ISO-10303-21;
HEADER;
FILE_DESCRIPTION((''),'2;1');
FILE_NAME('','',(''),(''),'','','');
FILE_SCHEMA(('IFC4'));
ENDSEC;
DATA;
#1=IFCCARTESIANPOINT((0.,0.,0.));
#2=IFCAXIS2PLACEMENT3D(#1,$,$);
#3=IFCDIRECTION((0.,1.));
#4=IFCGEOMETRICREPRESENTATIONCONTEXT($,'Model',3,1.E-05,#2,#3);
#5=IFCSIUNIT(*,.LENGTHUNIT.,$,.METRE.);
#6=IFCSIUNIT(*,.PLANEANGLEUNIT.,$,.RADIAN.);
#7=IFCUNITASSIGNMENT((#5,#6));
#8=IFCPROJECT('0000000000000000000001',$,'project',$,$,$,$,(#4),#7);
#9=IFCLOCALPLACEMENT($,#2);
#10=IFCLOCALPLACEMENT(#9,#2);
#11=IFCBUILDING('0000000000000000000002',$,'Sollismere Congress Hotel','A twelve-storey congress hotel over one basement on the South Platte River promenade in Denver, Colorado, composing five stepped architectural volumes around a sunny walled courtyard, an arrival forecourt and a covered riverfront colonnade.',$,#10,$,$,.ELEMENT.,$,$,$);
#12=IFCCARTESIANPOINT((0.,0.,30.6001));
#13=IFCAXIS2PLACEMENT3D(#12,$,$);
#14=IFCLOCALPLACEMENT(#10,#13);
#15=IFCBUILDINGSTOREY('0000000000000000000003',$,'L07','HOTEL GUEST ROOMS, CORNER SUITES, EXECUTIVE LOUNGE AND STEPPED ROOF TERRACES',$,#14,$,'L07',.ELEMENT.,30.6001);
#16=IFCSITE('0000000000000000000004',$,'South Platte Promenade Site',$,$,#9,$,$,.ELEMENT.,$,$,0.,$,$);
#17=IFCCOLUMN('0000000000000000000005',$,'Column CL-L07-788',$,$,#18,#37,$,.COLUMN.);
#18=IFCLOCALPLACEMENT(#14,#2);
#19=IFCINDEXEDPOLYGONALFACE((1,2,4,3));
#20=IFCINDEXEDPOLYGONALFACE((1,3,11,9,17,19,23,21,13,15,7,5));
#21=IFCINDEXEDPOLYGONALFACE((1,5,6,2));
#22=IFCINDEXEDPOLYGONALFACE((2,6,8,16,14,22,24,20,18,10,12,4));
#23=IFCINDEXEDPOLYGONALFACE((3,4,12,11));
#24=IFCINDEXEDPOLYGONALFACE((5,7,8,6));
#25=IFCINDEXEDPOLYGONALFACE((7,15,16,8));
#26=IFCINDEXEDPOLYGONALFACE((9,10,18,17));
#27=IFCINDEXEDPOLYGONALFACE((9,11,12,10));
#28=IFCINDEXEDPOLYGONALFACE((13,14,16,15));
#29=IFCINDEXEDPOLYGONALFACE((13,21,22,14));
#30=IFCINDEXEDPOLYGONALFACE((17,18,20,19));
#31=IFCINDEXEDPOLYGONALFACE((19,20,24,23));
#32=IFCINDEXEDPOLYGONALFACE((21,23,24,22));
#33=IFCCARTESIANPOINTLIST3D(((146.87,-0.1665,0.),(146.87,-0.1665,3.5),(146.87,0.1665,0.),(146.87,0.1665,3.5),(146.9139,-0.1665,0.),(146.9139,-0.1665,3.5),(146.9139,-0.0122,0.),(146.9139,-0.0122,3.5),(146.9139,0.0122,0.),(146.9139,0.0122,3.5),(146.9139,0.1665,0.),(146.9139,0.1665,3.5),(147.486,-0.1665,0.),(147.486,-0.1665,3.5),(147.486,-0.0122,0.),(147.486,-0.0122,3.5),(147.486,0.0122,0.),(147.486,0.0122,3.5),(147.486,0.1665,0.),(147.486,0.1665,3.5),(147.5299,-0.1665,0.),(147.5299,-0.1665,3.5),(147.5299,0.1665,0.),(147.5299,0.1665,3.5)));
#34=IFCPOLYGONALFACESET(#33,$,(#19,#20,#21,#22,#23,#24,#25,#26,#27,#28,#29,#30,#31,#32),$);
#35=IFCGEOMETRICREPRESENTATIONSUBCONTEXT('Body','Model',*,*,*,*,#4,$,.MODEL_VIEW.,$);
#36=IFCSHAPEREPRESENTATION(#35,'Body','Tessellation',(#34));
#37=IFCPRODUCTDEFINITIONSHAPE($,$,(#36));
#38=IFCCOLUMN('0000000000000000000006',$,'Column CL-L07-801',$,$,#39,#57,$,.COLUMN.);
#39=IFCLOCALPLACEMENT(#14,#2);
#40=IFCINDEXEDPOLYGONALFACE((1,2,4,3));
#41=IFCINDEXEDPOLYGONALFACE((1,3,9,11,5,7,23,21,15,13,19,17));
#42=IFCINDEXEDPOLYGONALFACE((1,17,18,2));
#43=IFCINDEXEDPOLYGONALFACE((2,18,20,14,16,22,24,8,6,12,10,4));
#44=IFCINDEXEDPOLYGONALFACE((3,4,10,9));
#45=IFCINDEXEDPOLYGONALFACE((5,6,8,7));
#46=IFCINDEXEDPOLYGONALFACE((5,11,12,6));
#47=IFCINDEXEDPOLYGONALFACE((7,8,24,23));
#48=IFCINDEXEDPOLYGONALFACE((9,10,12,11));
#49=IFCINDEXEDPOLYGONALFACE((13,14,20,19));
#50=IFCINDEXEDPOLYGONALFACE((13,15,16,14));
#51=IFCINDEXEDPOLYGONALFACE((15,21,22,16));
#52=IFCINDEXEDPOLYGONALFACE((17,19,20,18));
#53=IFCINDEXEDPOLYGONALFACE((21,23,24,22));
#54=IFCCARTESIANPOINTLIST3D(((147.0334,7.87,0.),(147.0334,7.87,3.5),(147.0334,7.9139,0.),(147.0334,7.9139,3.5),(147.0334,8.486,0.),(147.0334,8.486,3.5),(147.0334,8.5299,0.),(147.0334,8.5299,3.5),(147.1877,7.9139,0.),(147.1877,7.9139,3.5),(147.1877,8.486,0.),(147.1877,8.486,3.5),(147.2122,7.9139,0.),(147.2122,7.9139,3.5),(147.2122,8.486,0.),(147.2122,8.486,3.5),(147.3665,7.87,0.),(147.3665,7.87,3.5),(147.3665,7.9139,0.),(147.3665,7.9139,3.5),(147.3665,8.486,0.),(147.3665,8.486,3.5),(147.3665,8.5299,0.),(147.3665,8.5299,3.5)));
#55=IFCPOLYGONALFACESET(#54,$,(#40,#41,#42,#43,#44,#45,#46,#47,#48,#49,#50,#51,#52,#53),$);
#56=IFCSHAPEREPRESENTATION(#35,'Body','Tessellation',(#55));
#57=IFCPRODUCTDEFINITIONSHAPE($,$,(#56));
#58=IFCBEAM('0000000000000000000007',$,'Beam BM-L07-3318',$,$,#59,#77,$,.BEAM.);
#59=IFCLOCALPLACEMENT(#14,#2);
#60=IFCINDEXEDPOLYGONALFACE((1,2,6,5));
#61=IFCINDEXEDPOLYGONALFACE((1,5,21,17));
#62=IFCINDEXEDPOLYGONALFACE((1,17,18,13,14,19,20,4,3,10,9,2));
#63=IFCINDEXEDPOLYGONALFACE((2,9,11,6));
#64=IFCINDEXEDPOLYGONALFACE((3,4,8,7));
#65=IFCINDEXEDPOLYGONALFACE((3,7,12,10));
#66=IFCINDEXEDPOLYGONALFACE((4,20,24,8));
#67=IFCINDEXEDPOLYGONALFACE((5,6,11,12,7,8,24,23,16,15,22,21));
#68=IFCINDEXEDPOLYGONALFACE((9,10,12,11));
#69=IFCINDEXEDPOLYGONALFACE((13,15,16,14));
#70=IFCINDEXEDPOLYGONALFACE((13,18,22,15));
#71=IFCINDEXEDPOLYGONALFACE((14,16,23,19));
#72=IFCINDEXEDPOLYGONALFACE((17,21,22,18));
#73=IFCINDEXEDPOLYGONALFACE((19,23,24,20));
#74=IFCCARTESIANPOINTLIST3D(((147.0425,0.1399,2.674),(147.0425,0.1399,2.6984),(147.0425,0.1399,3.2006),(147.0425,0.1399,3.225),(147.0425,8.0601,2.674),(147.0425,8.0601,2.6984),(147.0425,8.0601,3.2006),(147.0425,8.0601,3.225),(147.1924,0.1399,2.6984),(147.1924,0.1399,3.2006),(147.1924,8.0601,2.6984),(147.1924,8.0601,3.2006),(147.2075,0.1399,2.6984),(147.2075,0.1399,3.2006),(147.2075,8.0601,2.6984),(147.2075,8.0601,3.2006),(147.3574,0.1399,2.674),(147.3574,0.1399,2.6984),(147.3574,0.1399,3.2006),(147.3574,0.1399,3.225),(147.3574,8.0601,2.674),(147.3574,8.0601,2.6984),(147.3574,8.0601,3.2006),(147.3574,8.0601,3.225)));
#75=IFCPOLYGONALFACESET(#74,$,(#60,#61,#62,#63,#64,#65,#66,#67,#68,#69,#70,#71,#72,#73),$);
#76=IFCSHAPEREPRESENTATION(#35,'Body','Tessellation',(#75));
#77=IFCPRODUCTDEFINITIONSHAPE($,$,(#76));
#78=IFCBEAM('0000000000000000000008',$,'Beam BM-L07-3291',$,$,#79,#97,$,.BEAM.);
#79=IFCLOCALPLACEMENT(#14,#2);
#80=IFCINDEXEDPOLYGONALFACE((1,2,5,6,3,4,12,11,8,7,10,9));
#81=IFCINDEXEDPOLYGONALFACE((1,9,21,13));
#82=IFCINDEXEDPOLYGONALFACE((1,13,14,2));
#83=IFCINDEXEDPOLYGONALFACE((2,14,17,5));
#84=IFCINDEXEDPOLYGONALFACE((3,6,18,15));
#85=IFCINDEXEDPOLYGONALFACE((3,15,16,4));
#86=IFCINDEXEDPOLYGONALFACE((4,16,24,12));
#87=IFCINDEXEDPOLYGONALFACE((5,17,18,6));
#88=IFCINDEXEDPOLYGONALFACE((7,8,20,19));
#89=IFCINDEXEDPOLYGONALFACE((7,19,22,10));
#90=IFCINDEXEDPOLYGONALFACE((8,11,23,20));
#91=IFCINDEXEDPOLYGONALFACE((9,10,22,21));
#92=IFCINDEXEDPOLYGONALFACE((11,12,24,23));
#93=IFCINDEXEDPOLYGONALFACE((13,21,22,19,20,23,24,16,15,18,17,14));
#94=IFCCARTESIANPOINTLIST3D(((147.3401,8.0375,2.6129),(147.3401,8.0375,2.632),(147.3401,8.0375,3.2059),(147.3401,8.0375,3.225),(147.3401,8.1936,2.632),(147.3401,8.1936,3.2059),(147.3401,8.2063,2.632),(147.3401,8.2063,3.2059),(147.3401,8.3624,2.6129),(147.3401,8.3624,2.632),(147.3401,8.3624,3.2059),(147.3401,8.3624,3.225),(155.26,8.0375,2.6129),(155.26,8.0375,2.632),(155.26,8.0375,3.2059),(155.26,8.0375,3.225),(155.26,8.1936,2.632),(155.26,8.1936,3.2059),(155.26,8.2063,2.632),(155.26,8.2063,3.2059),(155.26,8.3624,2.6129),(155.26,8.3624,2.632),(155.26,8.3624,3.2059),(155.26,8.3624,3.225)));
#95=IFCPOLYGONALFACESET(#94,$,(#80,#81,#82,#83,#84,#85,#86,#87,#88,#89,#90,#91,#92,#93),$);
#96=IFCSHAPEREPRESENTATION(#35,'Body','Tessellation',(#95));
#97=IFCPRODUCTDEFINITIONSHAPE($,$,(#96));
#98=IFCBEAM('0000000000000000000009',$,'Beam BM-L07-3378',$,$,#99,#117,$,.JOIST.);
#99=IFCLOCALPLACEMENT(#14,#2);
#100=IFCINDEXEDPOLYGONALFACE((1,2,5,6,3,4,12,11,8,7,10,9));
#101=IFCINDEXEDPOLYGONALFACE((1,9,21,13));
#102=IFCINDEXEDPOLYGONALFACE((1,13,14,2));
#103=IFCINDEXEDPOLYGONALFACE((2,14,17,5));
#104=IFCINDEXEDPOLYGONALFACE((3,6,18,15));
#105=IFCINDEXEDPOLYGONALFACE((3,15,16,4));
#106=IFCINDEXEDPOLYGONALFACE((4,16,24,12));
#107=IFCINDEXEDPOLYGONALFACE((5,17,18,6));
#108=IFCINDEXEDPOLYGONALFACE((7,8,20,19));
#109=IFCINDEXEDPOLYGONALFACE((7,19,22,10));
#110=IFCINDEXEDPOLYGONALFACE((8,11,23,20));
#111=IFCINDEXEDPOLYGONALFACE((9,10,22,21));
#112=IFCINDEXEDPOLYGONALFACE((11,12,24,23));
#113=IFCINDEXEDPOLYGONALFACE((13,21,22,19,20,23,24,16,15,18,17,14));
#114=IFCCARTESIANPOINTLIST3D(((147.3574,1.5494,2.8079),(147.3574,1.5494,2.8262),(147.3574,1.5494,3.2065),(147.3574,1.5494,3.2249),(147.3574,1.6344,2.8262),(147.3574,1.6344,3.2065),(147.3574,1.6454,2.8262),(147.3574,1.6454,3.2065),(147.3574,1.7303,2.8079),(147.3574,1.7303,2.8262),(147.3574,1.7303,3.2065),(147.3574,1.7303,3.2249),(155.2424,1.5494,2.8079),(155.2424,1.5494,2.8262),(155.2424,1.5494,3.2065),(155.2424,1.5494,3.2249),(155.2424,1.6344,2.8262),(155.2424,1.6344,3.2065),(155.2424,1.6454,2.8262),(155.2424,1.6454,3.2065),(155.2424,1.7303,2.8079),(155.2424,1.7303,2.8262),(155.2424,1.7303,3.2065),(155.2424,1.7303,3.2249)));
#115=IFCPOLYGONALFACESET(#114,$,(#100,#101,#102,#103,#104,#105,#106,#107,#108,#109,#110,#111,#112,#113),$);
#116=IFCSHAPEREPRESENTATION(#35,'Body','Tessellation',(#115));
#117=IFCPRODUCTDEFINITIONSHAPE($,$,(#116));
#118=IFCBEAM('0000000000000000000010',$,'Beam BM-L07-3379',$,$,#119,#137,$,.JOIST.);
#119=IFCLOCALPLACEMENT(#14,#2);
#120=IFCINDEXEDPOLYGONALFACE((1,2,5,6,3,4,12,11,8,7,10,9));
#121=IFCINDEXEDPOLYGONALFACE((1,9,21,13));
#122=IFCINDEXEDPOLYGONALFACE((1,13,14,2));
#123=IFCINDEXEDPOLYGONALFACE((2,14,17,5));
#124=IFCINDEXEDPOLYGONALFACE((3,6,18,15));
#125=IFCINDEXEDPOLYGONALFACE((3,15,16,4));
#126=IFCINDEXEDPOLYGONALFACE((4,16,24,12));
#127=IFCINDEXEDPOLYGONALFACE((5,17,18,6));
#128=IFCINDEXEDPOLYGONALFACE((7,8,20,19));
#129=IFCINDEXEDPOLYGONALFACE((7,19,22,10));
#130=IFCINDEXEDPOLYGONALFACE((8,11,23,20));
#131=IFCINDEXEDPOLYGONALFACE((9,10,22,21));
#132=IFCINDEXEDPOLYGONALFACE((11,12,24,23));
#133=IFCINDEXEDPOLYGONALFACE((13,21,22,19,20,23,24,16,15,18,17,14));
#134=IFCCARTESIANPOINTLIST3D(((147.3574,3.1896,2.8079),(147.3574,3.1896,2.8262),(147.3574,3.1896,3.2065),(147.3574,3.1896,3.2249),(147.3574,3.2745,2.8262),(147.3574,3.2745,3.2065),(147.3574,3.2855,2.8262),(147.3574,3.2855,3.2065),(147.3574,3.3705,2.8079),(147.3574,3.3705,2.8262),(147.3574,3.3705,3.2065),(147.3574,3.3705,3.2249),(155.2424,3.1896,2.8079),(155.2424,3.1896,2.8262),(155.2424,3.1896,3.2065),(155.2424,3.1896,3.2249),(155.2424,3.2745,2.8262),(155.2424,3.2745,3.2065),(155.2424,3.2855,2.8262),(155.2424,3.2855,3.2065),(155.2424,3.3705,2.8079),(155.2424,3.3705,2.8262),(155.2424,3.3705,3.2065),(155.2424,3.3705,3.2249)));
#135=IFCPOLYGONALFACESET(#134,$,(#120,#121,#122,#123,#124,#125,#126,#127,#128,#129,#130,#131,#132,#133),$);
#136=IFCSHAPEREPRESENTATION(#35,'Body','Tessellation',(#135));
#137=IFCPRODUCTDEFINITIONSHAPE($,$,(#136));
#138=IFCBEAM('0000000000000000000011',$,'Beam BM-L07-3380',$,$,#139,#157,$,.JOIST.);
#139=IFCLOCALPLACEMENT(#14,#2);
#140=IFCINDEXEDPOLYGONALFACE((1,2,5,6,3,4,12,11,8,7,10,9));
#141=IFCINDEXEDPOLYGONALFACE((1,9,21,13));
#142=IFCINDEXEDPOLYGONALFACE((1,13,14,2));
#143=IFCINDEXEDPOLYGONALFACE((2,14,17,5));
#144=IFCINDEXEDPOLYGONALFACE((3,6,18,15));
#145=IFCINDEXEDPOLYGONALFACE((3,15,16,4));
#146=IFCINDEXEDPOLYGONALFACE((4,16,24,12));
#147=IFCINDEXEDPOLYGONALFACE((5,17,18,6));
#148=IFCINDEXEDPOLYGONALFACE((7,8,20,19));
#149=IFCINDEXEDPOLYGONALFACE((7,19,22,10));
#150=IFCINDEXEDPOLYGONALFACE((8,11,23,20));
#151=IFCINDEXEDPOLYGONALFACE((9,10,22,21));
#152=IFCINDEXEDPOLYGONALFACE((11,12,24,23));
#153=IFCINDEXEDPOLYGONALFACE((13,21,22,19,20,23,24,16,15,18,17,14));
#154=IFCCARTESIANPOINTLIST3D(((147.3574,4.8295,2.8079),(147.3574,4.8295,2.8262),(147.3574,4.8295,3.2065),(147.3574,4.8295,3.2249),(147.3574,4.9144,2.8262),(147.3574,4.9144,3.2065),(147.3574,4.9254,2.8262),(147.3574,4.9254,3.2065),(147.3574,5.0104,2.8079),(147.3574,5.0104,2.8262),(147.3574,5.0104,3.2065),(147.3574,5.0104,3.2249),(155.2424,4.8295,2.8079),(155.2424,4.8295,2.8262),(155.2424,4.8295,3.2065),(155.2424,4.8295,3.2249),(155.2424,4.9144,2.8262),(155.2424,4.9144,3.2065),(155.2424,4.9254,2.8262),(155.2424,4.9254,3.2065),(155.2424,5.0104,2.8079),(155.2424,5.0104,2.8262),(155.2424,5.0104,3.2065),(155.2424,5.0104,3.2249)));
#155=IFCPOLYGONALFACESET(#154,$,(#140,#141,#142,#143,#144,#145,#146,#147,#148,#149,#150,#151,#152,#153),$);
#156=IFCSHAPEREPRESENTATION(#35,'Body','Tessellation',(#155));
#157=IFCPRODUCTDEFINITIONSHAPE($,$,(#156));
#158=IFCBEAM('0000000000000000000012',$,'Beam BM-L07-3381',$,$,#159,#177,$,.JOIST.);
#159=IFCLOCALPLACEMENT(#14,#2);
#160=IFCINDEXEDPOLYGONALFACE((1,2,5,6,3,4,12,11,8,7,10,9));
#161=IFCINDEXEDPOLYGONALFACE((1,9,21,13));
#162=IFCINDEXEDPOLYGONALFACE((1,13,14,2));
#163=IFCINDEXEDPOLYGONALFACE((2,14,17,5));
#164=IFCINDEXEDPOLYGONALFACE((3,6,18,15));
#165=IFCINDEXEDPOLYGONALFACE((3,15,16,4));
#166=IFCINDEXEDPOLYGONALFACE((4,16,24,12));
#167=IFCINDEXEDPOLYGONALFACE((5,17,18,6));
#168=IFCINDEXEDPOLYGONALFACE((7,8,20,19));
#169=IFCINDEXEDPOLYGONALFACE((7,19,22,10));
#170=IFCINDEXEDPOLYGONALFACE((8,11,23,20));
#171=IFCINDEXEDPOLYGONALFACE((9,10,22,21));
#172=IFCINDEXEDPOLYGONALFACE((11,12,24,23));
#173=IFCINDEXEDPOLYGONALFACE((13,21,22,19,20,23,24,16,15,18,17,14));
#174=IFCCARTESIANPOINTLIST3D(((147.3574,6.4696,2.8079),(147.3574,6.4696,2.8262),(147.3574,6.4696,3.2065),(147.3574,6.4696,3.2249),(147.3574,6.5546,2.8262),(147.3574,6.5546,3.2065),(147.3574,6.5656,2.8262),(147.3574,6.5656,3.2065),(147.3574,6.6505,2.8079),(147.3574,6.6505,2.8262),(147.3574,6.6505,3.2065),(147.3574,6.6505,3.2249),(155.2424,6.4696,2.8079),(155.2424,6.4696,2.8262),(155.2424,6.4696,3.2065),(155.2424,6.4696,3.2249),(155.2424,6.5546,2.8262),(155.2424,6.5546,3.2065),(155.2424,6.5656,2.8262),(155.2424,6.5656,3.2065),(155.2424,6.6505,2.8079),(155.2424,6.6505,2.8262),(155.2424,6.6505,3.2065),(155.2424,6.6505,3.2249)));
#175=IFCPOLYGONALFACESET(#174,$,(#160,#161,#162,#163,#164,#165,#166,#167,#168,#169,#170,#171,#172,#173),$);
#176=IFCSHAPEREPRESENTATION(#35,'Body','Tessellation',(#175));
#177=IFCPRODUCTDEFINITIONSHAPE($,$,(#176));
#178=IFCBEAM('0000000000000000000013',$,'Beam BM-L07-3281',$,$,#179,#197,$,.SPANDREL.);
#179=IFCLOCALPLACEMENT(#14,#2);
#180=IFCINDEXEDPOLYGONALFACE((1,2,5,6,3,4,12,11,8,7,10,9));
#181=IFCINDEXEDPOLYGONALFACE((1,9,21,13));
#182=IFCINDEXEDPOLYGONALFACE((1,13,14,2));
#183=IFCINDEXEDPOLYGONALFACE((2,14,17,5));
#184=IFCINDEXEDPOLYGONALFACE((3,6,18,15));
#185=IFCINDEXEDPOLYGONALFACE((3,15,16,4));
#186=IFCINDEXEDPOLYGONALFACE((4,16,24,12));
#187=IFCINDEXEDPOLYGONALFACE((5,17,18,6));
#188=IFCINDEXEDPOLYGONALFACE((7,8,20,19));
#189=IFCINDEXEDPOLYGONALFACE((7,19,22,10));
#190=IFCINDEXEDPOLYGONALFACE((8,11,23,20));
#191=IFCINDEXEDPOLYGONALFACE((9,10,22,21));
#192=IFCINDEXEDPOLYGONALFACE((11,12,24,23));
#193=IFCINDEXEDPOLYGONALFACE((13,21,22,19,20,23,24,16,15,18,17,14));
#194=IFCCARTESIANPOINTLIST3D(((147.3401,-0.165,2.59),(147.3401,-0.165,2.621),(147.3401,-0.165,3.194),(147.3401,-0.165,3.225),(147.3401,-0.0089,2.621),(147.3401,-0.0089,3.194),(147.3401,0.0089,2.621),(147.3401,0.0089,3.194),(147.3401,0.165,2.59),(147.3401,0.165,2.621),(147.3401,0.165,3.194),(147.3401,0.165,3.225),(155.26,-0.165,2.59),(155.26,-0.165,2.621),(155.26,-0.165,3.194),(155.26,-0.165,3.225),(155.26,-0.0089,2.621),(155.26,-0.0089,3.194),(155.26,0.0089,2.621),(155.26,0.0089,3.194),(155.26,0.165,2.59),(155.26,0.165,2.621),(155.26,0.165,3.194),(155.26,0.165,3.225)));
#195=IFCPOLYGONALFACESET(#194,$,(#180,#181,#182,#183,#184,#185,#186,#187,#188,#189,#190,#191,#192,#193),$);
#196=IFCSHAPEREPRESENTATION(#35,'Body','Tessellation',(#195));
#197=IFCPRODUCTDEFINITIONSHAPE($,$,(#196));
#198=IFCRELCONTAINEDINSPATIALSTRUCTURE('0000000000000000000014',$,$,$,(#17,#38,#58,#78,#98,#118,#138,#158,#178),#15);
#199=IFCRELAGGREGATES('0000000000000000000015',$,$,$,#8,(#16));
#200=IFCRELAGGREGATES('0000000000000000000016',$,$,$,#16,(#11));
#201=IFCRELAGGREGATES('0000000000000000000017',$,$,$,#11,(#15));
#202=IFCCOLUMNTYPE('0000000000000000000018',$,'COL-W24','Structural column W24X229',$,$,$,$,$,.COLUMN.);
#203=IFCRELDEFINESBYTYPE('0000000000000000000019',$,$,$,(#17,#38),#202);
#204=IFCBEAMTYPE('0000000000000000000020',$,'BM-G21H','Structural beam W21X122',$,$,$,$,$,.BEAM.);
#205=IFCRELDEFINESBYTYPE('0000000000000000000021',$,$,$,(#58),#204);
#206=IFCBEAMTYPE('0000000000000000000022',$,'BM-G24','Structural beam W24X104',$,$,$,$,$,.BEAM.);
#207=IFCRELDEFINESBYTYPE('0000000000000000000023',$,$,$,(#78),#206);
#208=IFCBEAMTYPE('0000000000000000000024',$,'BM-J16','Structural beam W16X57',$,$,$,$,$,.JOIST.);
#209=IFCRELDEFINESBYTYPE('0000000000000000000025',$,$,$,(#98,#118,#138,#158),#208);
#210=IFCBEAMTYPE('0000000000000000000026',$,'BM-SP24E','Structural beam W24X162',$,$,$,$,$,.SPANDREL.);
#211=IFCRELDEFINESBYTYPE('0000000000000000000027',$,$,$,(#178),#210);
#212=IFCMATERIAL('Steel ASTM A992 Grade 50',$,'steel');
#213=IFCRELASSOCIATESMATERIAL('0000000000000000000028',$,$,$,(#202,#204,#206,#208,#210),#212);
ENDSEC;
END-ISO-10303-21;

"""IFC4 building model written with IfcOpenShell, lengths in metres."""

from ifc_helpers import new_model, si_unit, direction, frame, origin, origin_2d, place, context, subcontext, project, spatial, i_section, extrude, material, material_profile, profile_set, type_object, element, save


model = new_model("IFC4")

# Units and contexts
model_context = context("Model", 3, precision=1e-05, world=origin(), true_north=direction((0.0, 1.0)))
body_context = subcontext(model_context, "Body", "Model", "MODEL_VIEW")
ifc_project = project(units=[si_unit("LENGTHUNIT", "METRE"), si_unit("PLANEANGLEUNIT", "RADIAN")], contexts=[model_context])

# Site, building, storey
site_placement = place(None, origin())
site = spatial("IfcSite", under=ifc_project, at=site_placement, Name="South Platte Promenade Site", CompositionType="ELEMENT", RefElevation=0.0)
building_placement = place(site_placement, origin())
building = spatial("IfcBuilding", under=site, at=building_placement, Name="Sollismere Congress Hotel", Description="A twelve-storey congress hotel over one basement on the South Platte River promenade in Denver, Colorado, composing five stepped architectural volumes around a sunny walled courtyard, an arrival forecourt and a covered riverfront colonnade.", CompositionType="ELEMENT")
storey_placement = place(building_placement, frame((0.0, 0.0, 30.6001)))
storey = spatial("IfcBuildingStorey", under=building, at=storey_placement, Name="L07", Description="HOTEL GUEST ROOMS, CORNER SUITES, EXECUTIVE LOUNGE AND STEPPED ROOF TERRACES", LongName="L07", CompositionType="ELEMENT", Elevation=30.6001)

# Columns
ifc_material_1 = material(Name="Steel ASTM A992 Grade 50", Category="steel")
ifc_material_profile_1 = material_profile(ifc_material_1, i_section(OverallWidth=0.333, OverallDepth=0.6599, WebThickness=0.0244, FlangeThickness=0.0439, at=origin_2d()), Name="W24X229")
ifc_profile_set_1 = profile_set([ifc_material_profile_1], Name="Steel ASTM A992 Grade 50")
column_type = type_object("IfcColumnType", Name="COL-W24", Description="Structural column W24X229", PredefinedType="COLUMN", material=ifc_profile_set_1)
for number, where, z_axis, x_axis, name in (
    (1, (147.2, 0.0, 0.0), (0.0, 0.0, 1.0), (0.0, 1.0, 0.0), "Column CL-L07-788"),
    (2, (147.2, 8.2, 0.0), (0.0, 0.0, 1.0), (1.0, 0.0, 0.0), "Column CL-L07-801"),
):
    element("IfcColumn", number, at=place(storey_placement, frame(where, z_axis=z_axis, x_axis=x_axis)), inside=storey, type_object=column_type, Name=name, PredefinedType="COLUMN", context=body_context, shape_type="SweptSolid", body=[
        extrude(i_section(OverallWidth=0.333, OverallDepth=0.6599, WebThickness=0.0244, FlangeThickness=0.0439, at=origin_2d()), origin(), (0.0, 0.0, 1.0), 3.5),
    ])

# Beams
ifc_material_profile_2 = material_profile(ifc_material_1, i_section(OverallWidth=0.3149, OverallDepth=0.551, WebThickness=0.0151, FlangeThickness=0.0244, at=origin_2d()), Name="W21X122")
ifc_profile_set_2 = profile_set([ifc_material_profile_2], Name="Steel ASTM A992 Grade 50")
beam_type_1 = type_object("IfcBeamType", Name="BM-G21H", Description="Structural beam W21X122", PredefinedType="BEAM", material=ifc_profile_set_2)
beam_1_placement = place(storey_placement, frame((147.2, 0.1399, 2.9495), z_axis=(0.0, 1.0, 0.0), x_axis=(-1.0, 0.0, 0.0)))
element("IfcBeam", 3, at=beam_1_placement, inside=storey, type_object=beam_type_1, Name="Beam BM-L07-3318", PredefinedType="BEAM", context=body_context, shape_type="SweptSolid", body=[
    extrude(i_section(OverallWidth=0.3149, OverallDepth=0.551, WebThickness=0.0151, FlangeThickness=0.0244, at=origin_2d()), origin(), (0.0, 0.0, 1.0), 7.9202),
])
ifc_material_profile_3 = material_profile(ifc_material_1, i_section(OverallWidth=0.325, OverallDepth=0.6121, WebThickness=0.0127, FlangeThickness=0.019, at=origin_2d()), Name="W24X104")
ifc_profile_set_3 = profile_set([ifc_material_profile_3], Name="Steel ASTM A992 Grade 50")
beam_type_2 = type_object("IfcBeamType", Name="BM-G24", Description="Structural beam W24X104", PredefinedType="BEAM", material=ifc_profile_set_3)
beam_2_placement = place(storey_placement, frame((147.3401, 8.2, 2.9189), z_axis=(1.0, 0.0, 0.0), x_axis=(0.0, 1.0, 0.0)))
element("IfcBeam", 4, at=beam_2_placement, inside=storey, type_object=beam_type_2, Name="Beam BM-L07-3291", PredefinedType="BEAM", context=body_context, shape_type="SweptSolid", body=[
    extrude(i_section(OverallWidth=0.325, OverallDepth=0.6121, WebThickness=0.0127, FlangeThickness=0.019, at=origin_2d()), origin(), (0.0, 0.0, 1.0), 7.9199),
])
ifc_material_profile_4 = material_profile(ifc_material_1, i_section(OverallWidth=0.1809, OverallDepth=0.417, WebThickness=0.011, FlangeThickness=0.0183, at=origin_2d()), Name="W16X57")
ifc_profile_set_4 = profile_set([ifc_material_profile_4], Name="Steel ASTM A992 Grade 50")
beam_type_3 = type_object("IfcBeamType", Name="BM-J16", Description="Structural beam W16X57", PredefinedType="JOIST", material=ifc_profile_set_4)
for number, where, z_axis, x_axis, name in (
    (5, (147.3574, 1.6399, 3.0164), (1.0, 0.0, 0.0), (0.0, 1.0, 0.0), "Beam BM-L07-3378"),
    (6, (147.3574, 3.28, 3.0164), (1.0, 0.0, 0.0), (0.0, 1.0, 0.0), "Beam BM-L07-3379"),
    (7, (147.3574, 4.9199, 3.0164), (1.0, 0.0, 0.0), (0.0, 1.0, 0.0), "Beam BM-L07-3380"),
    (8, (147.3574, 6.5601, 3.0164), (1.0, 0.0, 0.0), (0.0, 1.0, 0.0), "Beam BM-L07-3381"),
):
    element("IfcBeam", number, at=place(storey_placement, frame(where, z_axis=z_axis, x_axis=x_axis)), inside=storey, type_object=beam_type_3, Name=name, PredefinedType="JOIST", context=body_context, shape_type="SweptSolid", body=[
        extrude(i_section(OverallWidth=0.1809, OverallDepth=0.417, WebThickness=0.011, FlangeThickness=0.0183, at=origin_2d()), origin(), (0.0, 0.0, 1.0), 7.885),
    ])
ifc_material_profile_5 = material_profile(ifc_material_1, i_section(OverallWidth=0.3301, OverallDepth=0.635, WebThickness=0.0178, FlangeThickness=0.031, at=origin_2d()), Name="W24X162")
ifc_profile_set_5 = profile_set([ifc_material_profile_5], Name="Steel ASTM A992 Grade 50")
beam_type_4 = type_object("IfcBeamType", Name="BM-SP24E", Description="Structural beam W24X162", PredefinedType="SPANDREL", material=ifc_profile_set_5)
beam_3_placement = place(storey_placement, frame((147.3401, 0.0, 2.9075), z_axis=(1.0, 0.0, 0.0), x_axis=(0.0, 1.0, 0.0)))
element("IfcBeam", 9, at=beam_3_placement, inside=storey, type_object=beam_type_4, Name="Beam BM-L07-3281", PredefinedType="SPANDREL", context=body_context, shape_type="SweptSolid", body=[
    extrude(i_section(OverallWidth=0.3301, OverallDepth=0.635, WebThickness=0.0178, FlangeThickness=0.031, at=origin_2d()), origin(), (0.0, 0.0, 1.0), 7.9199),
])

save(model, "model.ifc")
